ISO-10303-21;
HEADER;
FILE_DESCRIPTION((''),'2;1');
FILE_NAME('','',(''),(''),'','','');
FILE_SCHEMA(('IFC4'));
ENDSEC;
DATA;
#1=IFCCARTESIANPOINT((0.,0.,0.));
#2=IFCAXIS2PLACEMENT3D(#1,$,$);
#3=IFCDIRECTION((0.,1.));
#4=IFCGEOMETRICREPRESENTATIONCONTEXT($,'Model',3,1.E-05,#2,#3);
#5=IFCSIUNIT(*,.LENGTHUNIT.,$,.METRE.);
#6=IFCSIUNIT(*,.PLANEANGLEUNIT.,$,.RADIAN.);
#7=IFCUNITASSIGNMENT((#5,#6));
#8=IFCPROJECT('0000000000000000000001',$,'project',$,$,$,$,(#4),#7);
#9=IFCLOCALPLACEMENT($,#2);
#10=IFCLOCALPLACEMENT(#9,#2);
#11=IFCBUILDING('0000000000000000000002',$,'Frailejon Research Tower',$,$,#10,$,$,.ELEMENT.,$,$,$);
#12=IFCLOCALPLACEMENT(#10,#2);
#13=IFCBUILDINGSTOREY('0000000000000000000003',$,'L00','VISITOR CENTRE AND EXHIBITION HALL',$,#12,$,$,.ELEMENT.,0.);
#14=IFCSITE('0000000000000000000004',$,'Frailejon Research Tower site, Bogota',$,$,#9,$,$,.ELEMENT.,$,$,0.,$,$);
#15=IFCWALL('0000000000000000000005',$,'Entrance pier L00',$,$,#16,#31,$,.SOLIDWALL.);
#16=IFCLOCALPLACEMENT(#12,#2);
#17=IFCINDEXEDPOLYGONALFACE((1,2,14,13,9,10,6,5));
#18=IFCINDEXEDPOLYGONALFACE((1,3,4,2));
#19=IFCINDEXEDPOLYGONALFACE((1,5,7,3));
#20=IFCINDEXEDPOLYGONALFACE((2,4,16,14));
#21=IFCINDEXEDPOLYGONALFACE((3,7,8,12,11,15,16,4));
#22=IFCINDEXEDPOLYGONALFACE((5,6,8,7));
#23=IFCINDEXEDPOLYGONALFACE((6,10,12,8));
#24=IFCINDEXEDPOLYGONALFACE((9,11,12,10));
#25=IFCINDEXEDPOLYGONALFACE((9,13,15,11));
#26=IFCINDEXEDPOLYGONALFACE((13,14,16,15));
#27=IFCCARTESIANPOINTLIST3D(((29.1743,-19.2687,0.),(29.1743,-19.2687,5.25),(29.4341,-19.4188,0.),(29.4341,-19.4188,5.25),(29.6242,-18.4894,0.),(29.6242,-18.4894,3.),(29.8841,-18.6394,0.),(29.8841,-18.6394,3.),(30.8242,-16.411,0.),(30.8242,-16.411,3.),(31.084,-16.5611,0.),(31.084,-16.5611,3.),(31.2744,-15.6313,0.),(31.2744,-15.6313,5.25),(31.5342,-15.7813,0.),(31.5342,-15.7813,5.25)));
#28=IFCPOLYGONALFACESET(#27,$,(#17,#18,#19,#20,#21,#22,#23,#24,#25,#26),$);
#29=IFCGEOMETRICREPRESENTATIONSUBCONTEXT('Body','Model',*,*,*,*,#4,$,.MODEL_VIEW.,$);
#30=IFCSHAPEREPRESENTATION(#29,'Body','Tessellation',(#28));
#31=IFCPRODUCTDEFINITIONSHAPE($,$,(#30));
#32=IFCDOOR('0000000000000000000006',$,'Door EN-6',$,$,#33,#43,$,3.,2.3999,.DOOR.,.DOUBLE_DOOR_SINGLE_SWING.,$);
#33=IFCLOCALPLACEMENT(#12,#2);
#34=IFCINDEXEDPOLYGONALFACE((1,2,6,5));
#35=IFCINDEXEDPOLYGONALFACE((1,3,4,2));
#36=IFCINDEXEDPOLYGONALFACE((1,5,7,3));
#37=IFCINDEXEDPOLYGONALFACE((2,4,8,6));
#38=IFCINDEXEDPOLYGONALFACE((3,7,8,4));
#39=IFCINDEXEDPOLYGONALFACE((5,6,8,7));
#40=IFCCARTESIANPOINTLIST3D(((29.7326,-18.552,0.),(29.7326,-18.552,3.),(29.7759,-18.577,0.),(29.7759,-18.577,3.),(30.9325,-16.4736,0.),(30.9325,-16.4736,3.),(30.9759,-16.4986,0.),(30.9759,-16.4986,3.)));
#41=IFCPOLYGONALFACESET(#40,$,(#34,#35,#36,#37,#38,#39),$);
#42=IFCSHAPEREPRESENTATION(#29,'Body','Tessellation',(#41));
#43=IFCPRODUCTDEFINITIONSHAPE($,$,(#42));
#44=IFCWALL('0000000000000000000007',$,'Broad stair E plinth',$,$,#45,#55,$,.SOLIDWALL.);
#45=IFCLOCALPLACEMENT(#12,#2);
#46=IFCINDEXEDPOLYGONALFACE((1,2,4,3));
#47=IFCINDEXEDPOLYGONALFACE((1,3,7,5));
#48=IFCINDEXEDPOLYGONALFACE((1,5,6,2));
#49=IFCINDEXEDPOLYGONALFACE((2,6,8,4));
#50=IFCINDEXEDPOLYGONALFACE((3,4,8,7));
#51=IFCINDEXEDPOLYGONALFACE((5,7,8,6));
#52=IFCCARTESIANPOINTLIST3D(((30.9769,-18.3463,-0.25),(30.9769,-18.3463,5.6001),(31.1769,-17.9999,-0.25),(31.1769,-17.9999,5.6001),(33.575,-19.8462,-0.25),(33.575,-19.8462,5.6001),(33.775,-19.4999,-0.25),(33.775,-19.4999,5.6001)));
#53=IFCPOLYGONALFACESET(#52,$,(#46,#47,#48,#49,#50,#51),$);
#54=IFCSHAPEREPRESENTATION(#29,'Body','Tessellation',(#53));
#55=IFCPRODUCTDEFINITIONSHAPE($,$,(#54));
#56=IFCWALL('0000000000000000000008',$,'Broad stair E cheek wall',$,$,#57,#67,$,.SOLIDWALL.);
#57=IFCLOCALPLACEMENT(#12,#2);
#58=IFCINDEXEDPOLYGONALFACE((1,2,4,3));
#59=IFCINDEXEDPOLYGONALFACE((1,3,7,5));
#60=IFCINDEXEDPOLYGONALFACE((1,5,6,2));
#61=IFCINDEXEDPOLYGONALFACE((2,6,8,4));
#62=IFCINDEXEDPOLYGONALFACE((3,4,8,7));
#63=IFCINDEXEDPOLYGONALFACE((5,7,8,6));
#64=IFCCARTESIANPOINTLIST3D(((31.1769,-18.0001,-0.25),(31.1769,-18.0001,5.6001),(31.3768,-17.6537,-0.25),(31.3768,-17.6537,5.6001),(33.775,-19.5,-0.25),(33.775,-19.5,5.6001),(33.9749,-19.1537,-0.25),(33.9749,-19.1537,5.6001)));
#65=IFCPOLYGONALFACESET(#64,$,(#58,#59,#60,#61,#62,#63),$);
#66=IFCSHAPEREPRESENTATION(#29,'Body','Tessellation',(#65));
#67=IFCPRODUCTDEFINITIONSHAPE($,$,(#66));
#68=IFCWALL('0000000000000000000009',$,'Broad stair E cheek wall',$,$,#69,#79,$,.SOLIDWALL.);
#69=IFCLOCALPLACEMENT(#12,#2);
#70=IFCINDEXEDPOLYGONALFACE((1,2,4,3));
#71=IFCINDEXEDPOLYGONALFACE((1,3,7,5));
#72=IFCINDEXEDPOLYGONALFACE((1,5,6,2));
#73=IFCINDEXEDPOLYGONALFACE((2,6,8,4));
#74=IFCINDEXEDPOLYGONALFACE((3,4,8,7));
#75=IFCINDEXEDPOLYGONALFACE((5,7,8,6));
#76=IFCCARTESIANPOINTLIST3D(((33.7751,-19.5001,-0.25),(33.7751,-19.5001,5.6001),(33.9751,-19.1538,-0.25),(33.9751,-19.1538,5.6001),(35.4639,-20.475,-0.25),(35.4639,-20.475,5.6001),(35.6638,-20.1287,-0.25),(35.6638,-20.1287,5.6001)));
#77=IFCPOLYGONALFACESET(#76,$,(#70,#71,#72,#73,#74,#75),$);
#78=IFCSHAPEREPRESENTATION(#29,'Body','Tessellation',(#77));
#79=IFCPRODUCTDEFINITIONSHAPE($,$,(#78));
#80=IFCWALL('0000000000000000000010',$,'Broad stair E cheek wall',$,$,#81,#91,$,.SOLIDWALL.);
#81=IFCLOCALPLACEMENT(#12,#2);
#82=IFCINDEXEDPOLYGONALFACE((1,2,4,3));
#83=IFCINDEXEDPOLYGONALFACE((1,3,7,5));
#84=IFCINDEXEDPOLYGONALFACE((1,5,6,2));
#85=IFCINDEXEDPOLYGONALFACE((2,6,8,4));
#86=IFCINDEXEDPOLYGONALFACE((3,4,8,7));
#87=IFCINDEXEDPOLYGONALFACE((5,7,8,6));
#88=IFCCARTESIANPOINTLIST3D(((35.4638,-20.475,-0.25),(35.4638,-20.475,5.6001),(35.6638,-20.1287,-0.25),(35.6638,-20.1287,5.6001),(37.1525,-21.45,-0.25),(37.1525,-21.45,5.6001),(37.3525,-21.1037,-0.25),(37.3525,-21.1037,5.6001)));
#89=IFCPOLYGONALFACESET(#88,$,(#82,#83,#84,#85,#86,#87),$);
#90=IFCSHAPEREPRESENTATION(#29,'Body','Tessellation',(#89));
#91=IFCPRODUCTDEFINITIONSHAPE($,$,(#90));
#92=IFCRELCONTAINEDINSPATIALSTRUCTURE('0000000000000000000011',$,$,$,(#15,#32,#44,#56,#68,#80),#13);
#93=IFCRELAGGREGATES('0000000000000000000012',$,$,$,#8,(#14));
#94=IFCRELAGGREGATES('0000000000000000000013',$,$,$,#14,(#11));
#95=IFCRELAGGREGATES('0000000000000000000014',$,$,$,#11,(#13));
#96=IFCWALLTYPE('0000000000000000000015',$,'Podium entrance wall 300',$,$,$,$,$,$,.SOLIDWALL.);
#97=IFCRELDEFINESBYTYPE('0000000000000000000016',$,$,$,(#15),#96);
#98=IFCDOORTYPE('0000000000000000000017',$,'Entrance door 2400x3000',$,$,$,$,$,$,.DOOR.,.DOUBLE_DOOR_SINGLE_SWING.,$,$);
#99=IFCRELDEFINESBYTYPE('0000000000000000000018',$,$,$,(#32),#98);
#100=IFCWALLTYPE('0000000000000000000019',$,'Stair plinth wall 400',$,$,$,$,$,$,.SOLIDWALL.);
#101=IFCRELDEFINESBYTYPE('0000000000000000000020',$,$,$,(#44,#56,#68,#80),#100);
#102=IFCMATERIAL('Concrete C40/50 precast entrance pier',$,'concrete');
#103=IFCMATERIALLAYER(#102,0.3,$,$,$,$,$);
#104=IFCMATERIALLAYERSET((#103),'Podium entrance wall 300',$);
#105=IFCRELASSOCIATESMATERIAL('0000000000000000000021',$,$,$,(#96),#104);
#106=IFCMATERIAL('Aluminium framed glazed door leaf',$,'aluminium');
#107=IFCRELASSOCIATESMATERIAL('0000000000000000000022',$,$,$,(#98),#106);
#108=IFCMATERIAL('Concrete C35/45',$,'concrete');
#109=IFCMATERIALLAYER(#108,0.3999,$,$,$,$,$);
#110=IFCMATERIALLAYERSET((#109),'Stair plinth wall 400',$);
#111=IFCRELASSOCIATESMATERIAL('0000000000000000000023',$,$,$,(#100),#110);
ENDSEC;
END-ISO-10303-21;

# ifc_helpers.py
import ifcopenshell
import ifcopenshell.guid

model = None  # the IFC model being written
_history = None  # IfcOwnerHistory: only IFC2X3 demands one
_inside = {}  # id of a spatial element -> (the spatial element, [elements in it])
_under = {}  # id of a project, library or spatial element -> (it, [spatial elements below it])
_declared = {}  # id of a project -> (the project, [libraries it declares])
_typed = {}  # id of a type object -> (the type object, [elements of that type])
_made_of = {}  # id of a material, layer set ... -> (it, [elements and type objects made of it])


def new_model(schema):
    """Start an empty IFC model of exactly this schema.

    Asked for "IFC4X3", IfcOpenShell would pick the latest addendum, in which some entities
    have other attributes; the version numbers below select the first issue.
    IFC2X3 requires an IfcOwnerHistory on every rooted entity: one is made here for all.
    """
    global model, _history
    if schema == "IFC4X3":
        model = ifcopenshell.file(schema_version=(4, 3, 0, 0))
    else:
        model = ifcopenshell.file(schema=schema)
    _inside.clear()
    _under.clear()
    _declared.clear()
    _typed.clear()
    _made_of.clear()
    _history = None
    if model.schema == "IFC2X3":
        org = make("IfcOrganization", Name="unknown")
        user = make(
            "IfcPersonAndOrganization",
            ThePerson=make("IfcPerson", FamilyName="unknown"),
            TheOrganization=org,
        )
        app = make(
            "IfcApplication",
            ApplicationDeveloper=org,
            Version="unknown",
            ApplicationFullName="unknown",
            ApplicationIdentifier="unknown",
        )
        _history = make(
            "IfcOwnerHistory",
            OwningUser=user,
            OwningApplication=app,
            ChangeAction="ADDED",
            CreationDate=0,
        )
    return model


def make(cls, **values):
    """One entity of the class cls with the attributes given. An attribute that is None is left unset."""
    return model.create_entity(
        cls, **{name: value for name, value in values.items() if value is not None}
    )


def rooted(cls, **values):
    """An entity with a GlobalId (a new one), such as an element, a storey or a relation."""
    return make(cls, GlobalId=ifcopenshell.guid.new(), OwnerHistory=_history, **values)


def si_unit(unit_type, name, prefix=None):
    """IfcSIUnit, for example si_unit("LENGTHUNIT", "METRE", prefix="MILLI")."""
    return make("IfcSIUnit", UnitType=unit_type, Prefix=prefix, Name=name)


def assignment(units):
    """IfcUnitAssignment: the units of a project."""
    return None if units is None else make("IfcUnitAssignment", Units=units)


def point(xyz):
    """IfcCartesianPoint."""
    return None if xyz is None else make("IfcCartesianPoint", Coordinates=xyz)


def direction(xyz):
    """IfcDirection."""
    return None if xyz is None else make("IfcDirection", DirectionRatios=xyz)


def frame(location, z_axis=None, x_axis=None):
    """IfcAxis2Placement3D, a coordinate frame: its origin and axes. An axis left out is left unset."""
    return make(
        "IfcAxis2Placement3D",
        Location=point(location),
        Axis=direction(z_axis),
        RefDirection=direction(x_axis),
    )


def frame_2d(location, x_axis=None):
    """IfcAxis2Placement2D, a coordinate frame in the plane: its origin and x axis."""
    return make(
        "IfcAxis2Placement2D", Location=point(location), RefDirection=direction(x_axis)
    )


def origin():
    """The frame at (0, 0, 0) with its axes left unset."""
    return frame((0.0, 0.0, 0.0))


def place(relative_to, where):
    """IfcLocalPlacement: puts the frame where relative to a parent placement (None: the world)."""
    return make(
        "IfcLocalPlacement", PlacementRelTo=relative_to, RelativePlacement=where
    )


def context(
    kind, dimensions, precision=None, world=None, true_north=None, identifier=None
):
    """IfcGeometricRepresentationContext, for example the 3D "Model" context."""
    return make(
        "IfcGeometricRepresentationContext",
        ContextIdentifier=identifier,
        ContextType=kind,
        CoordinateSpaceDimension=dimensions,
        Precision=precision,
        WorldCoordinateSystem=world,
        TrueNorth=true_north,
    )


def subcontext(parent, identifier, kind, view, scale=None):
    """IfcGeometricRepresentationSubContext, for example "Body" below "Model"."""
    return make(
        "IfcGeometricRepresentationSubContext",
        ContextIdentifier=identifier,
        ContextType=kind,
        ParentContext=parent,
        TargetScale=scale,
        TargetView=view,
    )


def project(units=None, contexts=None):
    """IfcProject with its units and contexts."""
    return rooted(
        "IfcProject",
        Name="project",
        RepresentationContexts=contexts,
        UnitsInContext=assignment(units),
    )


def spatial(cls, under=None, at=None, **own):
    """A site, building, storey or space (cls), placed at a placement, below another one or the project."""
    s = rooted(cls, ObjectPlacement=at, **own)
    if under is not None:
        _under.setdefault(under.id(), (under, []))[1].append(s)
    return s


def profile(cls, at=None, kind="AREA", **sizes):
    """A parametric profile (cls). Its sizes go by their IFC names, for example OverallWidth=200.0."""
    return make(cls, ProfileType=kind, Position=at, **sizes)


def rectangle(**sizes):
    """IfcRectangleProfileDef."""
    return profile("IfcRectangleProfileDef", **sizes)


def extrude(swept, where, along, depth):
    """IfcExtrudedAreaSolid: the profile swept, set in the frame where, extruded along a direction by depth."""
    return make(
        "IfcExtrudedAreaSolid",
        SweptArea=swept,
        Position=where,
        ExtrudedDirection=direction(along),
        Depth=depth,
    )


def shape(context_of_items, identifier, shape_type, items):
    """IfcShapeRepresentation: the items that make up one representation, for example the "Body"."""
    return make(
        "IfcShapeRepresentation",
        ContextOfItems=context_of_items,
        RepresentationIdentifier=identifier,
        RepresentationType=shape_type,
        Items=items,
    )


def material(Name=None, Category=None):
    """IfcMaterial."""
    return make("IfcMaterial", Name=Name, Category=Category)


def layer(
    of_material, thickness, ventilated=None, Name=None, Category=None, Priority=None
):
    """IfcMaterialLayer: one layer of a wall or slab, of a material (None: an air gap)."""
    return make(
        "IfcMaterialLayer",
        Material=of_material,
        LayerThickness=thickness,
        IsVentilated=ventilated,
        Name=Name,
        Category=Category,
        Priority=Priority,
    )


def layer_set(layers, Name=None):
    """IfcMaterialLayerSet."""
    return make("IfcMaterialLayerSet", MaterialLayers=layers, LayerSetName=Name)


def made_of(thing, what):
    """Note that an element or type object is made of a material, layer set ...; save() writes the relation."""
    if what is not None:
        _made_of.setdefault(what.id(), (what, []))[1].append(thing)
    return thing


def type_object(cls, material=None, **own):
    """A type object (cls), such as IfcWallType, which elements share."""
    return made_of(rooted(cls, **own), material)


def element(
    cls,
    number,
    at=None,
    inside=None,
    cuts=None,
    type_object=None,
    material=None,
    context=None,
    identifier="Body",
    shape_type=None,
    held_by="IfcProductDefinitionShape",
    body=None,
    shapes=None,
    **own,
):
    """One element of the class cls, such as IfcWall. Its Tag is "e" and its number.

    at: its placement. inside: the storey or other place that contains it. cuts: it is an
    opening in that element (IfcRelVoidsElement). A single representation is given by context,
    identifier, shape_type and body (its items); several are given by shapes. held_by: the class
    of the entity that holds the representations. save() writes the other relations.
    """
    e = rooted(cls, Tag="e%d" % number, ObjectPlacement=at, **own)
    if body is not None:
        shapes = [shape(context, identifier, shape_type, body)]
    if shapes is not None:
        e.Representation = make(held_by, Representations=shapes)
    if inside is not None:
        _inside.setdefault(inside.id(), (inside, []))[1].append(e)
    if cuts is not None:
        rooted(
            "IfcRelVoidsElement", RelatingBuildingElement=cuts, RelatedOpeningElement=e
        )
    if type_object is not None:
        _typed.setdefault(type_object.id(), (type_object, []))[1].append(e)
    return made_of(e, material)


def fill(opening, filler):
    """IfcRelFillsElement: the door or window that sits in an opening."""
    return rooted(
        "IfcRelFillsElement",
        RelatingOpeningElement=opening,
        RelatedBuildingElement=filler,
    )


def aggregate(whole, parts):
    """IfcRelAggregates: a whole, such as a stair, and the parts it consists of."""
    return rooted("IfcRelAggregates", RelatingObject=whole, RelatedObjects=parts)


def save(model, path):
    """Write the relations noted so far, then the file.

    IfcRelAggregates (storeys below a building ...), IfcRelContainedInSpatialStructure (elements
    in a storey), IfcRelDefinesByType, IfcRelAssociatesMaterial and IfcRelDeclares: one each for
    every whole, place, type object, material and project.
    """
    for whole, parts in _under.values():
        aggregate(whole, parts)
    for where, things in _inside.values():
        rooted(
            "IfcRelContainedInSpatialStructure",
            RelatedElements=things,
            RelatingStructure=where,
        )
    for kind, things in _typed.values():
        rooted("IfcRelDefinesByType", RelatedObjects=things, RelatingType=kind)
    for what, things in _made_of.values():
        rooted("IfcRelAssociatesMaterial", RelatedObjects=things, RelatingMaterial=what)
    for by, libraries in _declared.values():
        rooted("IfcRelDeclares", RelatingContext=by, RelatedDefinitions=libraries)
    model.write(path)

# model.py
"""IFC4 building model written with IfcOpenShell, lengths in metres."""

from ifc_helpers import new_model, si_unit, direction, frame, frame_2d, origin, place, context, subcontext, project, spatial, rectangle, extrude, material, layer, layer_set, type_object, element, fill, save


model = new_model("IFC4")

# Units and contexts
model_context = context("Model", 3, precision=1e-05, world=origin(), true_north=direction((0.0, 1.0)))
body_context = subcontext(model_context, "Body", "Model", "MODEL_VIEW")
ifc_project = project(units=[si_unit("LENGTHUNIT", "METRE"), si_unit("PLANEANGLEUNIT", "RADIAN")], contexts=[model_context])

# Site, building, storey
site_placement = place(None, origin())
site = spatial("IfcSite", under=ifc_project, at=site_placement, Name="Frailejon Research Tower site, Bogota", CompositionType="ELEMENT", RefElevation=0.0)
building_placement = place(site_placement, origin())
building = spatial("IfcBuilding", under=site, at=building_placement, Name="Frailejon Research Tower", CompositionType="ELEMENT")
storey_placement = place(building_placement, origin())
storey = spatial("IfcBuildingStorey", under=building, at=storey_placement, Name="L00", Description="VISITOR CENTRE AND EXHIBITION HALL", CompositionType="ELEMENT", Elevation=0.0)

# Wall, opening, door
ifc_material_1 = material(Name="Concrete C40/50 precast entrance pier", Category="concrete")
ifc_layer_1 = layer(ifc_material_1, 0.3)
ifc_layer_set_1 = layer_set([ifc_layer_1], Name="Podium entrance wall 300")
wall_type_1 = type_object("IfcWallType", Name="Podium entrance wall 300", PredefinedType="SOLIDWALL", material=ifc_layer_set_1)
wall_placement = place(storey_placement, frame((29.3042, -19.3438, 0.0), z_axis=(0.0, 0.0, 1.0), x_axis=(0.500003, 0.866024, 0.0)))
wall = element("IfcWall", 1, at=wall_placement, inside=storey, type_object=wall_type_1, Name="Entrance pier L00", PredefinedType="SOLIDWALL", context=body_context, shape_type="SweptSolid", body=[
    extrude(rectangle(XDim=4.2002, YDim=0.3, at=frame_2d((2.1001, 0.0))), origin(), (0.0, 0.0, 1.0), 5.25),
])
opening_placement = place(wall_placement, frame((0.8999, 0.0, 0.0)))
opening = element("IfcOpeningElement", 2, at=opening_placement, cuts=wall, PredefinedType="OPENING", context=body_context, shape_type="SweptSolid", body=[
    extrude(rectangle(XDim=2.3999, YDim=3.0, at=frame_2d((1.2, 1.5))), frame((0.0, 0.1599, 0.0), z_axis=(0.0, -1.0, 0.0), x_axis=(1.0, 0.0, 0.0)), (0.0, 0.0, 1.0), 0.3201),
])
ifc_material_2 = material(Name="Aluminium framed glazed door leaf", Category="aluminium")
door_type = type_object("IfcDoorType", Name="Entrance door 2400x3000", OperationType="DOUBLE_DOOR_SINGLE_SWING", PredefinedType="DOOR", material=ifc_material_2)
door_placement = place(opening_placement, origin())
door = element("IfcDoor", 3, at=door_placement, inside=storey, type_object=door_type, Name="Door EN-6", OperationType="DOUBLE_DOOR_SINGLE_SWING", OverallHeight=3.0, OverallWidth=2.3999, PredefinedType="DOOR", context=body_context, shape_type="SweptSolid", body=[
    extrude(rectangle(XDim=2.3999, YDim=3.0, at=frame_2d((1.2, 1.5))), frame((0.0, 0.0249, 0.0), z_axis=(0.0, -1.0, 0.0), x_axis=(1.0, 0.0, 0.0)), (0.0, 0.0, 1.0), 0.05),
])
fill(opening, door)

# Walls
ifc_material_3 = material(Name="Concrete C35/45", Category="concrete")
ifc_layer_2 = layer(ifc_material_3, 0.3999)
ifc_layer_set_2 = layer_set([ifc_layer_2], Name="Stair plinth wall 400")
wall_type_2 = type_object("IfcWallType", Name="Stair plinth wall 400", PredefinedType="SOLIDWALL", material=ifc_layer_set_2)
for number, where, z_axis, x_axis, name in (
    (4, (31.0769, -18.1731, -0.25), (0.0, 0.0, 1.0), (0.866031, -0.49999, 0.0), "Broad stair E plinth"),
    (5, (31.2769, -17.8269, -0.25), (0.0, 0.0, 1.0), (0.866031, -0.49999, 0.0), "Broad stair E cheek wall"),
):
    element("IfcWall", number, at=place(storey_placement, frame(where, z_axis=z_axis, x_axis=x_axis)), inside=storey, type_object=wall_type_2, Name=name, PredefinedType="SOLIDWALL", context=body_context, shape_type="SweptSolid", body=[
        extrude(rectangle(XDim=3.0, YDim=0.3999, at=frame_2d((1.5, 0.0))), origin(), (0.0, 0.0, 1.0), 5.8501),
    ])
for number, where, z_axis, x_axis, name in (
    (6, (33.875, -19.3269, -0.25), (0.0, 0.0, 1.0), (0.866054, -0.49995, 0.0), "Broad stair E cheek wall"),
    (7, (35.5637, -20.3018, -0.25), (0.0, 0.0, 1.0), (0.866, -0.500044, 0.0), "Broad stair E cheek wall"),
):
    element("IfcWall", number, at=place(storey_placement, frame(where, z_axis=z_axis, x_axis=x_axis)), inside=storey, type_object=wall_type_2, Name=name, PredefinedType="SOLIDWALL", context=body_context, shape_type="SweptSolid", body=[
        extrude(rectangle(XDim=1.95, YDim=0.3999, at=frame_2d((0.9751, 0.0))), origin(), (0.0, 0.0, 1.0), 5.8501),
    ])

save(model, "model.ifc")
